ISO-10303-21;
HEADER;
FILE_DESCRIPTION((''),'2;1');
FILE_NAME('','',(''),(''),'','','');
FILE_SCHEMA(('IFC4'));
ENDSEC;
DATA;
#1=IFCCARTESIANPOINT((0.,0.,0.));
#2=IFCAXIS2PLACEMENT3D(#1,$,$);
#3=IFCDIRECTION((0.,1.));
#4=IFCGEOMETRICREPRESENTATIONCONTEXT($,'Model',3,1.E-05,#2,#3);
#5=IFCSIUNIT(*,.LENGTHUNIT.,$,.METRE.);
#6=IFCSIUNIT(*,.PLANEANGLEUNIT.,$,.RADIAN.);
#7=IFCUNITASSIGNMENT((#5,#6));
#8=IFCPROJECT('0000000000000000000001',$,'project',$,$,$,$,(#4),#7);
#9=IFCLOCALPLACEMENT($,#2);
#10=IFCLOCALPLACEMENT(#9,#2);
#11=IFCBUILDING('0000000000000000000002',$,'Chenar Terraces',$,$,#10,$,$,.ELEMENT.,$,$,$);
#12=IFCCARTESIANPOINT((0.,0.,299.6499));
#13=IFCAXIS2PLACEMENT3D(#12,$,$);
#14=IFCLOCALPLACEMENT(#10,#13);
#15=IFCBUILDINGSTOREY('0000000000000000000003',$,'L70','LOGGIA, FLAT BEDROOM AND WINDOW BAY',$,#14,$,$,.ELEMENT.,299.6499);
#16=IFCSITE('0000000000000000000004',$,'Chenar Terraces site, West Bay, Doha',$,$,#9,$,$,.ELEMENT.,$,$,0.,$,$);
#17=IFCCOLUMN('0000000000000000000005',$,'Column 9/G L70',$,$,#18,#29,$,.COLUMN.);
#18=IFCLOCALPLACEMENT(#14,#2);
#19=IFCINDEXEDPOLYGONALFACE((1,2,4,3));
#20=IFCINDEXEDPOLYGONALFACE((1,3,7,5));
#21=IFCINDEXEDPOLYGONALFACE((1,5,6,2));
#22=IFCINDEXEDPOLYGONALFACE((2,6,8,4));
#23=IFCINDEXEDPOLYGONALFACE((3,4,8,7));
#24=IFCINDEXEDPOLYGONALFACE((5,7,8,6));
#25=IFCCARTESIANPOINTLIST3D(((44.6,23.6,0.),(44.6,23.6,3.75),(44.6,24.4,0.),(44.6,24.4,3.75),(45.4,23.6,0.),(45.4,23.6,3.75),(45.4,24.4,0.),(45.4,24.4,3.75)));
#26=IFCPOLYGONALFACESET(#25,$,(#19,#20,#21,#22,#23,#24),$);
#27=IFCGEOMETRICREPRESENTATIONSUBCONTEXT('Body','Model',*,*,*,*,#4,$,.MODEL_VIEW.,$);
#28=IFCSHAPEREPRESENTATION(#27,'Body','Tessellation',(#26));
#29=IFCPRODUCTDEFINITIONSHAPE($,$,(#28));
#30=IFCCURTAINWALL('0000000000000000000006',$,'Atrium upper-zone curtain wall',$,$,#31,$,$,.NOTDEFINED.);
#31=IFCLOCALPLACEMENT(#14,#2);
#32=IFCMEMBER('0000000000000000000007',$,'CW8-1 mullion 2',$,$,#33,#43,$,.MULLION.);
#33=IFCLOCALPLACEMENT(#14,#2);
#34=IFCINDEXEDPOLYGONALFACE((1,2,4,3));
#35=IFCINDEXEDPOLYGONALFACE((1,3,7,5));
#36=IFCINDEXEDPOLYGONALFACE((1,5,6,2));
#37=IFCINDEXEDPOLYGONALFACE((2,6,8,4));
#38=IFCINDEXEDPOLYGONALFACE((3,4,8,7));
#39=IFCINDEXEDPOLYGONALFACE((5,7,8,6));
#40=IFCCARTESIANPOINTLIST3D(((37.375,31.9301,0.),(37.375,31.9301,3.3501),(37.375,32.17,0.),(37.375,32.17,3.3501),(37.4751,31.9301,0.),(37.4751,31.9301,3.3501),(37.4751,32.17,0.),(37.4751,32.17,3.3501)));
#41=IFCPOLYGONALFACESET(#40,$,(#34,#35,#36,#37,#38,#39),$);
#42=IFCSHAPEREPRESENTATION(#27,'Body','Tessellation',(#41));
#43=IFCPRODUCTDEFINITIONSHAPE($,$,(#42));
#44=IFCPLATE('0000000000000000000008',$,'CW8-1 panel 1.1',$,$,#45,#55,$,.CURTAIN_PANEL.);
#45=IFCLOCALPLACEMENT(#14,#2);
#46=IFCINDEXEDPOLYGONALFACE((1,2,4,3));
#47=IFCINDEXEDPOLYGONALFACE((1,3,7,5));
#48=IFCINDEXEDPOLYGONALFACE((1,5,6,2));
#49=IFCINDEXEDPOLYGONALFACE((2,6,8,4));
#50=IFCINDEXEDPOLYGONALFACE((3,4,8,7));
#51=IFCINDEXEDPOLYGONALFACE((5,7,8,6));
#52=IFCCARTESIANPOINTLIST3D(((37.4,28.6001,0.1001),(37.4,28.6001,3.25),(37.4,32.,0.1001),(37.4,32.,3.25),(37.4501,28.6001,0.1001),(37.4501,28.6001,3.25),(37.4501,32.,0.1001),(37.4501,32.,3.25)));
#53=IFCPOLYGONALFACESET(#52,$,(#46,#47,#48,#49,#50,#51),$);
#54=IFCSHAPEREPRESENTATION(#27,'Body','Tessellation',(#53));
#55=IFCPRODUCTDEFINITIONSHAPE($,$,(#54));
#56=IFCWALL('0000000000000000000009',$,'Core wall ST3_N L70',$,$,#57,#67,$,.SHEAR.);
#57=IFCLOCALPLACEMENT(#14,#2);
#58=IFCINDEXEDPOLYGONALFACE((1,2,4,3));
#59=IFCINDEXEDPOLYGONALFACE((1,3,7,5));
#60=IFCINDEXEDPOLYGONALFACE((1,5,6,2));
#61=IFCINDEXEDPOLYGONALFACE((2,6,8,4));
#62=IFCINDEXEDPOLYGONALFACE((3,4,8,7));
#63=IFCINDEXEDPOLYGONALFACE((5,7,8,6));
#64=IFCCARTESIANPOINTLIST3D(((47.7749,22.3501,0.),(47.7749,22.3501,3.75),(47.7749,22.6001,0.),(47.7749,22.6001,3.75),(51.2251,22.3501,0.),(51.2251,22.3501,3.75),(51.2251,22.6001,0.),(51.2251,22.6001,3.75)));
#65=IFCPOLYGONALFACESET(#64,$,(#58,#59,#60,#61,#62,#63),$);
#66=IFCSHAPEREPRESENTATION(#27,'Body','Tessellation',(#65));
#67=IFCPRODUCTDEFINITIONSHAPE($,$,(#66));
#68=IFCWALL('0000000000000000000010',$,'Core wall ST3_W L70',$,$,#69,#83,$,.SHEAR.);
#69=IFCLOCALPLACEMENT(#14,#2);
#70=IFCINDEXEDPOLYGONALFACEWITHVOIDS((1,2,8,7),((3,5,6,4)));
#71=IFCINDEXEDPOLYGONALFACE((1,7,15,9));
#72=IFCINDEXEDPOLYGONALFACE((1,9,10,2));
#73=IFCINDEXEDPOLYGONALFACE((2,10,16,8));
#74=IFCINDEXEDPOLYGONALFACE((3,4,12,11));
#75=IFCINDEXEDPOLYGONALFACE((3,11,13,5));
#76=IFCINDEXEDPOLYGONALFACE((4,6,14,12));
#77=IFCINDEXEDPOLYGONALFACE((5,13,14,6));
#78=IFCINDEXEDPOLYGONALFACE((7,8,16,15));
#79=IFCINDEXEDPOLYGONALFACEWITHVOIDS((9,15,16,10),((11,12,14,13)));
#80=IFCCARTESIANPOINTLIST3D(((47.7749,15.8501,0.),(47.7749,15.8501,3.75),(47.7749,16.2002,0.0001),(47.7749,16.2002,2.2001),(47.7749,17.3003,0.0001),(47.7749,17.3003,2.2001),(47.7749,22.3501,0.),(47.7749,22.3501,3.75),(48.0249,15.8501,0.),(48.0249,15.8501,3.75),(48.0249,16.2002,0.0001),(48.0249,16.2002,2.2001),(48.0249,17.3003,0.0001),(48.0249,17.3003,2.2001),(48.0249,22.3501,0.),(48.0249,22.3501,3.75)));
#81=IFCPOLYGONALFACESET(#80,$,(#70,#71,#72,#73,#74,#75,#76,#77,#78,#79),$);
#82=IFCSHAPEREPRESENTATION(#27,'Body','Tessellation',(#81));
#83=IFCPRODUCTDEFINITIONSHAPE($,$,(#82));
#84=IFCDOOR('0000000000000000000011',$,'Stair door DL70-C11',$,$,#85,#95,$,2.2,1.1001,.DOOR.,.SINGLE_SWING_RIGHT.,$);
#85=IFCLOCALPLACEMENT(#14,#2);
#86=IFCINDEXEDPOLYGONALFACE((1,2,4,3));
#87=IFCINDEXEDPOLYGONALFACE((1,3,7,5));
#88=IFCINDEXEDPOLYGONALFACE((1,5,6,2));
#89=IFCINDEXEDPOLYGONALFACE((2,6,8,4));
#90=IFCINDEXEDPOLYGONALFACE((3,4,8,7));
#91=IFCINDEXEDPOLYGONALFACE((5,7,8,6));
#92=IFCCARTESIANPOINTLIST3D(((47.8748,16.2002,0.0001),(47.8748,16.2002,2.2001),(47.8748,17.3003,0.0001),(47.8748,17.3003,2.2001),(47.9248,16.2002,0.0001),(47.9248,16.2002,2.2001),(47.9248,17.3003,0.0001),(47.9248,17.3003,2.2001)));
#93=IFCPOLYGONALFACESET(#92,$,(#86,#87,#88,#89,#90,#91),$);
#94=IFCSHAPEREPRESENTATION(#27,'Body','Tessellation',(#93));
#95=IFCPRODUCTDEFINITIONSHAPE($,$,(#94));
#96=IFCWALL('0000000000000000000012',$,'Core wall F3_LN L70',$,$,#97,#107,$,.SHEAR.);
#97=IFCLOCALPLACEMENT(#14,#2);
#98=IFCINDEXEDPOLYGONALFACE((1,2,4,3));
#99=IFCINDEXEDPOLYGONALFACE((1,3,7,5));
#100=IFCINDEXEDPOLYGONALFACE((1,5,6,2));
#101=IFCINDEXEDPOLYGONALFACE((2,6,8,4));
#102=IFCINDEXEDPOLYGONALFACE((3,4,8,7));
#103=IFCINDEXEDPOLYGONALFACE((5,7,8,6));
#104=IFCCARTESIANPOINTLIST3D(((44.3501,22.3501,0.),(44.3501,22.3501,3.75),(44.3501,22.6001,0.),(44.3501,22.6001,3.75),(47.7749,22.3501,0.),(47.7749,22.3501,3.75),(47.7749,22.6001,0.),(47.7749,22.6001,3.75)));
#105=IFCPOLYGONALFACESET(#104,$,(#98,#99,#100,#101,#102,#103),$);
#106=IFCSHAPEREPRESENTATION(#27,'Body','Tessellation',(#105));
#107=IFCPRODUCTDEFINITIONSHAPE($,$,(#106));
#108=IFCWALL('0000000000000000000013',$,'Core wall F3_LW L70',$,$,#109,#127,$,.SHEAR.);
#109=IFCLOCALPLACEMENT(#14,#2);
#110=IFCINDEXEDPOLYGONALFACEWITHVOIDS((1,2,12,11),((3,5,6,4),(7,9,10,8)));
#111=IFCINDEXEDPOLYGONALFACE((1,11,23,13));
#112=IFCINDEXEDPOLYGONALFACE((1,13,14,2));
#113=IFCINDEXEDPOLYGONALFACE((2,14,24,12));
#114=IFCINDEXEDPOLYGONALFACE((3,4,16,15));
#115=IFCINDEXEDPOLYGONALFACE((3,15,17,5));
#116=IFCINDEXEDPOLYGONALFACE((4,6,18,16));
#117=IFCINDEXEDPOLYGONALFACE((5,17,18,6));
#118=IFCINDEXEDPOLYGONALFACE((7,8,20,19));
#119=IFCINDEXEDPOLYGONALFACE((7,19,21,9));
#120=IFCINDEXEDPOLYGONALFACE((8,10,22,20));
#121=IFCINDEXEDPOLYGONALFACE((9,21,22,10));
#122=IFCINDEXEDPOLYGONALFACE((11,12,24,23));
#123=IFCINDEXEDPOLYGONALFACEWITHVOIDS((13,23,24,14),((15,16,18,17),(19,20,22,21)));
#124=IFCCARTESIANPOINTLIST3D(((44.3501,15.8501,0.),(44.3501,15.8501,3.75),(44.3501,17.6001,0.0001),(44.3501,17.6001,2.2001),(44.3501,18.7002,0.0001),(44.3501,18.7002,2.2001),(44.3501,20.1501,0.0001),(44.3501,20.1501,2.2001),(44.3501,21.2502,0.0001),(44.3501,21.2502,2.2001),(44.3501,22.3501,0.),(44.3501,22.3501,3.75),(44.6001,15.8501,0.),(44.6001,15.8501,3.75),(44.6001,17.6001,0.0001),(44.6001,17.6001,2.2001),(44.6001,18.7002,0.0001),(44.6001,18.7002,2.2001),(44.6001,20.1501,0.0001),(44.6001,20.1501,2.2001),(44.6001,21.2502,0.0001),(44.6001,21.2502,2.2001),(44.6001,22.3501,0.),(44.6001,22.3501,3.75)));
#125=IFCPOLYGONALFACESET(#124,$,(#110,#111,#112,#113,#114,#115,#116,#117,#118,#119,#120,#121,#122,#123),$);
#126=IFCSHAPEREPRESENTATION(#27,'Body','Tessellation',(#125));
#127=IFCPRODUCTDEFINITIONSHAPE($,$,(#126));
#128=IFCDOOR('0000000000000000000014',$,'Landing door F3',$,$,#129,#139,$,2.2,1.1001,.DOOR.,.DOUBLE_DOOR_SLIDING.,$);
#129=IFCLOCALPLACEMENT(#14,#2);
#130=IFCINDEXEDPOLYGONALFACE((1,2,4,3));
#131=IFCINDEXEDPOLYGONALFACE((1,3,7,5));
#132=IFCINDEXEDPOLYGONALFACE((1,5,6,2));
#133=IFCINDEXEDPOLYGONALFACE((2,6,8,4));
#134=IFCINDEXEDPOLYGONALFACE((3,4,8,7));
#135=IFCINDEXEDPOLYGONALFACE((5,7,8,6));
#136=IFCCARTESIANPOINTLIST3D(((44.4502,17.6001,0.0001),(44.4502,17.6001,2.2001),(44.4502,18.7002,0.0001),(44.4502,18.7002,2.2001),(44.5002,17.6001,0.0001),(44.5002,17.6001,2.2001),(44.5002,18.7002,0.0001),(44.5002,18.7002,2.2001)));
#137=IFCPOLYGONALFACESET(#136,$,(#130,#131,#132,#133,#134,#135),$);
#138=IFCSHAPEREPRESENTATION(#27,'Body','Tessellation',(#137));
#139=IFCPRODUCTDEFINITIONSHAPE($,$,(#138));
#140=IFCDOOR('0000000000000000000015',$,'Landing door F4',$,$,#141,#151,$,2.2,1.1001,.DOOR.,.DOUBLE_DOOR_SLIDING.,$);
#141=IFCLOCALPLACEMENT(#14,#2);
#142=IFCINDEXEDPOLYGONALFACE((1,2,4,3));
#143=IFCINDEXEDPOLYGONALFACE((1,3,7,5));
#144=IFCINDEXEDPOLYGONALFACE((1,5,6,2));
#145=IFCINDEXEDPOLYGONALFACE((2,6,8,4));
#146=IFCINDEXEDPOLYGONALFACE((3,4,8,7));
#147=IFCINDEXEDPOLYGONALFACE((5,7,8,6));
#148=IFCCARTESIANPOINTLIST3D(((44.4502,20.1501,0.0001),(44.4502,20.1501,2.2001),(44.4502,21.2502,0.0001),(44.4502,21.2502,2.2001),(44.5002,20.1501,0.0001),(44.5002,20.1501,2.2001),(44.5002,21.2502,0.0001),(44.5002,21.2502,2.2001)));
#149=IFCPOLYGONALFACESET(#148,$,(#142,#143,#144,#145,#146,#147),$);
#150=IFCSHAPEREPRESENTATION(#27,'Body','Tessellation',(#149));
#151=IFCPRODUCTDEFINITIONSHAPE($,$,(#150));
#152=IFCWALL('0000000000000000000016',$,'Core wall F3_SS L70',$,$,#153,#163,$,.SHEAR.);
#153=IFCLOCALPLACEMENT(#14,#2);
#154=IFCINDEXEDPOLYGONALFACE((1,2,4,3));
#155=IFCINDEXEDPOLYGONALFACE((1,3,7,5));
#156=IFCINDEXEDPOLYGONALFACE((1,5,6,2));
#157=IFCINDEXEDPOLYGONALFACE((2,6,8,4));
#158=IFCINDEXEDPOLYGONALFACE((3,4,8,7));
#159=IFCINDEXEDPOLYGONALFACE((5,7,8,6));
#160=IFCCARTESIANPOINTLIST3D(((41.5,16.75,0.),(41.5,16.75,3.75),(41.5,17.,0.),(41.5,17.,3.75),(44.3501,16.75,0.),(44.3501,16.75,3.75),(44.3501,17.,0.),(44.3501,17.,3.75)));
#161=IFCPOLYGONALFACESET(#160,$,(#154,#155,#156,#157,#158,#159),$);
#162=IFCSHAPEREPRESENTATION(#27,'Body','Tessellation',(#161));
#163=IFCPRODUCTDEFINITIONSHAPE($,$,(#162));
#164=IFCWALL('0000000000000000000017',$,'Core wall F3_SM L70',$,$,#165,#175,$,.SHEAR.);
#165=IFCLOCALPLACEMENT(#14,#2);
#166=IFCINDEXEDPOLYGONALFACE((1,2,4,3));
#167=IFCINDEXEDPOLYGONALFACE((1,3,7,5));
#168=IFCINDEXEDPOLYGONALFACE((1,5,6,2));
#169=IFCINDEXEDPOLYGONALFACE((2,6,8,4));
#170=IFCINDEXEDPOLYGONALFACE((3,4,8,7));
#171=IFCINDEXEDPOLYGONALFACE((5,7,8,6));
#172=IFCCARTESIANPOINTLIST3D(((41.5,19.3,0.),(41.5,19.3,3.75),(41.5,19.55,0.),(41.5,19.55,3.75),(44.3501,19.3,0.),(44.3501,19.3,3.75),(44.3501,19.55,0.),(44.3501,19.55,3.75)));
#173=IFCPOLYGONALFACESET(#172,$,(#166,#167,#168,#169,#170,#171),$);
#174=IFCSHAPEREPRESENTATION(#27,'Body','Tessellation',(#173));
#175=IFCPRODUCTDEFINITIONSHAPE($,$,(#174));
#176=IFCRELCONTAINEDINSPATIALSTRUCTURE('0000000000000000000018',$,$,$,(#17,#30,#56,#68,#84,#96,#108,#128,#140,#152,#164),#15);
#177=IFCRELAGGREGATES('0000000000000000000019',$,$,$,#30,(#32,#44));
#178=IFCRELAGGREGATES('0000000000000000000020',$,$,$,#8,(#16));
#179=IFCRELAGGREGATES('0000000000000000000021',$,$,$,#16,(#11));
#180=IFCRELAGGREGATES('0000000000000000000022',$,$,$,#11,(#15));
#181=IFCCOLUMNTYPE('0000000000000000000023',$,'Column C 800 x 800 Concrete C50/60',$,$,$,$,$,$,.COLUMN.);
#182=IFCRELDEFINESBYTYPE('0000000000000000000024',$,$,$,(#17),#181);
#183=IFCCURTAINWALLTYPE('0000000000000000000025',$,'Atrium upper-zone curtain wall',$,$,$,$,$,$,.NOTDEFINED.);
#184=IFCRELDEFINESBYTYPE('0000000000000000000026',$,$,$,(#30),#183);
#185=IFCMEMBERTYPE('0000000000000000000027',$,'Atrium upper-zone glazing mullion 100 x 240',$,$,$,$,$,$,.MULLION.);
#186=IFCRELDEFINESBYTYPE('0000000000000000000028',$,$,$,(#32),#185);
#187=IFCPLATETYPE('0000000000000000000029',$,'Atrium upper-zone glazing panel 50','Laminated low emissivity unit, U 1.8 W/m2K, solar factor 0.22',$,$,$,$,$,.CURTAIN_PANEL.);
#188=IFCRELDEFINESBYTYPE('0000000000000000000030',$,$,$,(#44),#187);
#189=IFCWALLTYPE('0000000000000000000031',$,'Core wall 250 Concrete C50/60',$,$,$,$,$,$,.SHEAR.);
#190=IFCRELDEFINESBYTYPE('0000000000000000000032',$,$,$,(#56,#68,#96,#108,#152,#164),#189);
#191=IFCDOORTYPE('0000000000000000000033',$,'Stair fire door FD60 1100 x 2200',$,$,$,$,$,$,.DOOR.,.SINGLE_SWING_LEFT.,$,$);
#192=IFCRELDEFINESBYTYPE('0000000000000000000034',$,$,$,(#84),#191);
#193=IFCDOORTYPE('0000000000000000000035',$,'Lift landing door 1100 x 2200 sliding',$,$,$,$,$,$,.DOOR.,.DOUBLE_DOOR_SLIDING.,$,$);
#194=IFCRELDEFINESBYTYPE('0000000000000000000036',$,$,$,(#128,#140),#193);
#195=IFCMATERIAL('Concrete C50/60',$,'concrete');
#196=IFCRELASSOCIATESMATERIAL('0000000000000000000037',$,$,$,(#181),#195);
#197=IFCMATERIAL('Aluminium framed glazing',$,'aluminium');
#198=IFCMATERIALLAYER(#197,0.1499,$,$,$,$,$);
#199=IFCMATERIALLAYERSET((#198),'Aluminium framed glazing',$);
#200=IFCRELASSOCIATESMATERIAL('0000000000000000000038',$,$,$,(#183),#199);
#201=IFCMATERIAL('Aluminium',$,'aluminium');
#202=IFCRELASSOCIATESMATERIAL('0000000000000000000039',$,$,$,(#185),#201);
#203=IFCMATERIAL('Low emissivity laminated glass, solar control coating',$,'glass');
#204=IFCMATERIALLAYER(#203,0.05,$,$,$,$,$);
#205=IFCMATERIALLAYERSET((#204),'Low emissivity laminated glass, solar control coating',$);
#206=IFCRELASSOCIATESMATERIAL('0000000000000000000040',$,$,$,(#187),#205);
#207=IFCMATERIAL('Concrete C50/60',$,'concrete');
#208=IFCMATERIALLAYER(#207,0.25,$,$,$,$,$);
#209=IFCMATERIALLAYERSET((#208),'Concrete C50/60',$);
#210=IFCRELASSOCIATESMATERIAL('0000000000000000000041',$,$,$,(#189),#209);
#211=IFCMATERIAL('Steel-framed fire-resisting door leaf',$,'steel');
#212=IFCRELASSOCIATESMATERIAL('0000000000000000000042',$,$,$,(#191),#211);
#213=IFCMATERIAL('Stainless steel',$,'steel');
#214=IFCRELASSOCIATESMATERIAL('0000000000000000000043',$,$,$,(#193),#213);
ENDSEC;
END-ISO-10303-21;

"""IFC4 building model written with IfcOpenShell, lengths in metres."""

from ifc_helpers import new_model, si_unit, direction, frame, frame_2d, origin, origin_2d, place, context, subcontext, project, spatial, rectangle, extrude, material, layer, layer_set, material_profile, profile_set, type_object, element, fill, aggregate, save


model = new_model("IFC4")

# Units and contexts
model_context = context("Model", 3, precision=1e-05, world=origin(), true_north=direction((0.0, 1.0)))
body_context = subcontext(model_context, "Body", "Model", "MODEL_VIEW")
ifc_project = project(units=[si_unit("LENGTHUNIT", "METRE"), si_unit("PLANEANGLEUNIT", "RADIAN")], contexts=[model_context])

# Site, building, storey
site_placement = place(None, origin())
site = spatial("IfcSite", under=ifc_project, at=site_placement, Name="Chenar Terraces site, West Bay, Doha", CompositionType="ELEMENT", RefElevation=0.0)
building_placement = place(site_placement, origin())
building = spatial("IfcBuilding", under=site, at=building_placement, Name="Chenar Terraces", CompositionType="ELEMENT")
storey_placement = place(building_placement, frame((0.0, 0.0, 299.6499)))
storey = spatial("IfcBuildingStorey", under=building, at=storey_placement, Name="L70", Description="LOGGIA, FLAT BEDROOM AND WINDOW BAY", CompositionType="ELEMENT", Elevation=299.6499)

# Column
ifc_material_1 = material(Name="Concrete C50/60", Category="concrete")
ifc_material_profile_1 = material_profile(ifc_material_1, rectangle(XDim=0.8, YDim=0.8, at=origin_2d()), Name="C 800 x 800")
ifc_profile_set_1 = profile_set([ifc_material_profile_1], Name="Concrete C50/60")
column_type = type_object("IfcColumnType", Name="Column C 800 x 800 Concrete C50/60", PredefinedType="COLUMN", material=ifc_profile_set_1)
column_placement = place(storey_placement, frame((45.0, 24.0, 0.0), z_axis=(0.0, 0.0, 1.0), x_axis=(1.0, 0.0, 0.0)))
element("IfcColumn", 1, at=column_placement, inside=storey, type_object=column_type, Name="Column 9/G L70", PredefinedType="COLUMN", context=body_context, shape_type="SweptSolid", body=[
    extrude(rectangle(XDim=0.8, YDim=0.8, at=origin_2d()), origin(), (0.0, 0.0, 1.0), 3.75),
])

# Curtain wall, member, plate
ifc_material_2 = material(Name="Aluminium framed glazing", Category="aluminium")
ifc_layer_1 = layer(ifc_material_2, 0.1499)
ifc_layer_set_1 = layer_set([ifc_layer_1], Name="Aluminium framed glazing")
curtain_wall_type = type_object("IfcCurtainWallType", Name="Atrium upper-zone curtain wall", PredefinedType="NOTDEFINED", material=ifc_layer_set_1)
curtain_wall_placement = place(storey_placement, origin())
curtain_wall = element("IfcCurtainWall", 2, at=curtain_wall_placement, inside=storey, type_object=curtain_wall_type, Name="Atrium upper-zone curtain wall", PredefinedType="NOTDEFINED")
ifc_material_3 = material(Name="Aluminium", Category="aluminium")
ifc_material_profile_2 = material_profile(ifc_material_3, rectangle(XDim=0.1001, YDim=0.24, at=origin_2d()), Name="Atrium upper-zone glazing mullion 100 x 240")
ifc_profile_set_2 = profile_set([ifc_material_profile_2], Name="Aluminium")
member_type = type_object("IfcMemberType", Name="Atrium upper-zone glazing mullion 100 x 240", PredefinedType="MULLION", material=ifc_profile_set_2)
member_placement = place(storey_placement, frame((37.425, 32.05, 0.0), z_axis=(0.0, 0.0, 1.0), x_axis=(-1.0, 0.0, 0.0)))
member = element("IfcMember", 3, at=member_placement, type_object=member_type, Name="CW8-1 mullion 2", PredefinedType="MULLION", context=body_context, shape_type="SweptSolid", body=[
    extrude(rectangle(XDim=0.1001, YDim=0.24, at=origin_2d()), origin(), (0.0, 0.0, 1.0), 3.3501),
])
ifc_material_4 = material(Name="Low emissivity laminated glass, solar control coating", Category="glass")
ifc_layer_2 = layer(ifc_material_4, 0.05)
ifc_layer_set_2 = layer_set([ifc_layer_2], Name="Low emissivity laminated glass, solar control coating")
plate_type = type_object("IfcPlateType", Name="Atrium upper-zone glazing panel 50", Description="Laminated low emissivity unit, U 1.8 W/m2K, solar factor 0.22", PredefinedType="CURTAIN_PANEL", material=ifc_layer_set_2)
plate_placement = place(storey_placement, frame((37.425, 30.3, 0.1001), z_axis=(0.0, 0.0, 1.0), x_axis=(0.0, 1.0, 0.0)))
plate = element("IfcPlate", 4, at=plate_placement, type_object=plate_type, Name="CW8-1 panel 1.1", PredefinedType="CURTAIN_PANEL", context=body_context, shape_type="SweptSolid", body=[
    extrude(rectangle(XDim=3.3999, YDim=0.05, at=origin_2d()), origin(), (0.0, 0.0, 1.0), 3.1499),
])
aggregate(curtain_wall, [member, plate])

# Wall
ifc_material_5 = material(Name="Concrete C50/60", Category="concrete")
ifc_layer_3 = layer(ifc_material_5, 0.25)
ifc_layer_set_3 = layer_set([ifc_layer_3], Name="Concrete C50/60")
wall_type_1 = type_object("IfcWallType", Name="Core wall 250 Concrete C50/60", PredefinedType="SHEAR", material=ifc_layer_set_3)
wall_1_placement = place(storey_placement, frame((47.7749, 22.4751, 0.0), z_axis=(0.0, 0.0, 1.0), x_axis=(1.0, 0.0, 0.0)))
element("IfcWall", 5, at=wall_1_placement, inside=storey, type_object=wall_type_1, Name="Core wall ST3_N L70", PredefinedType="SHEAR", context=body_context, shape_type="SweptSolid", body=[
    extrude(rectangle(XDim=3.4502, YDim=0.25, at=frame_2d((1.7251, 0.0))), origin(), (0.0, 0.0, 1.0), 3.75),
])

# Wall, opening, door
wall_2_placement = place(storey_placement, frame((47.8999, 15.8501, 0.0), z_axis=(0.0, 0.0, 1.0), x_axis=(0.0, 1.0, 0.0)))
wall_2 = element("IfcWall", 6, at=wall_2_placement, inside=storey, type_object=wall_type_1, Name="Core wall ST3_W L70", PredefinedType="SHEAR", context=body_context, shape_type="SweptSolid", body=[
    extrude(rectangle(XDim=6.5, YDim=0.25, at=frame_2d((3.25, 0.0))), origin(), (0.0, 0.0, 1.0), 3.75),
])
opening_1_placement = place(wall_2_placement, frame((0.3501, 0.0, 0.0)))
opening_1 = element("IfcOpeningElement", 7, at=opening_1_placement, cuts=wall_2, PredefinedType="OPENING", context=body_context, shape_type="SweptSolid", body=[
    extrude(rectangle(XDim=1.1001, YDim=2.2, at=frame_2d((0.55, 1.1001))), frame((0.0, 0.135, 0.0), z_axis=(0.0, -1.0, 0.0), x_axis=(1.0, 0.0, 0.0)), (0.0, 0.0, 1.0), 0.27),
])
ifc_material_6 = material(Name="Steel-framed fire-resisting door leaf", Category="steel")
door_type_1 = type_object("IfcDoorType", Name="Stair fire door FD60 1100 x 2200", OperationType="SINGLE_SWING_LEFT", PredefinedType="DOOR", material=ifc_material_6)
door_1_placement = place(opening_1_placement, frame((1.1001, 0.0, 0.0), z_axis=(0.0, 0.0, 1.0), x_axis=(-1.0, 0.0, 0.0)))
door_1 = element("IfcDoor", 8, at=door_1_placement, inside=storey, type_object=door_type_1, Name="Stair door DL70-C11", OperationType="SINGLE_SWING_RIGHT", OverallHeight=2.2, OverallWidth=1.1001, PredefinedType="DOOR", context=body_context, shape_type="SweptSolid", body=[
    extrude(rectangle(XDim=1.1001, YDim=2.2, at=frame_2d((0.55, 1.1001))), frame((0.0, 0.0249, 0.0), z_axis=(0.0, -1.0, 0.0), x_axis=(1.0, 0.0, 0.0)), (0.0, 0.0, 1.0), 0.05),
])
fill(opening_1, door_1)

# Wall
wall_3_placement = place(storey_placement, frame((44.3501, 22.4751, 0.0), z_axis=(0.0, 0.0, 1.0), x_axis=(1.0, 0.0, 0.0)))
element("IfcWall", 9, at=wall_3_placement, inside=storey, type_object=wall_type_1, Name="Core wall F3_LN L70", PredefinedType="SHEAR", context=body_context, shape_type="SweptSolid", body=[
    extrude(rectangle(XDim=3.4248, YDim=0.25, at=frame_2d((1.7124, 0.0))), origin(), (0.0, 0.0, 1.0), 3.75),
])

# Wall, openings, doors
wall_4_placement = place(storey_placement, frame((44.4751, 15.8501, 0.0), z_axis=(0.0, 0.0, 1.0), x_axis=(0.0, 1.0, 0.0)))
wall_4 = element("IfcWall", 10, at=wall_4_placement, inside=storey, type_object=wall_type_1, Name="Core wall F3_LW L70", PredefinedType="SHEAR", context=body_context, shape_type="SweptSolid", body=[
    extrude(rectangle(XDim=6.5, YDim=0.25, at=frame_2d((3.25, 0.0))), origin(), (0.0, 0.0, 1.0), 3.75),
])
opening_2_placement = place(wall_4_placement, frame((1.75, 0.0, 0.0)))
opening_2 = element("IfcOpeningElement", 11, at=opening_2_placement, cuts=wall_4, PredefinedType="OPENING", context=body_context, shape_type="SweptSolid", body=[
    extrude(rectangle(XDim=1.1001, YDim=2.2, at=frame_2d((0.55, 1.1001))), frame((0.0, 0.135, 0.0), z_axis=(0.0, -1.0, 0.0), x_axis=(1.0, 0.0, 0.0)), (0.0, 0.0, 1.0), 0.27),
])
opening_3_placement = place(wall_4_placement, frame((4.3, 0.0, 0.0)))
opening_3 = element("IfcOpeningElement", 12, at=opening_3_placement, cuts=wall_4, PredefinedType="OPENING", context=body_context, shape_type="SweptSolid", body=[
    extrude(rectangle(XDim=1.1001, YDim=2.2, at=frame_2d((0.55, 1.1001))), frame((0.0, 0.135, 0.0), z_axis=(0.0, -1.0, 0.0), x_axis=(1.0, 0.0, 0.0)), (0.0, 0.0, 1.0), 0.27),
])
ifc_material_7 = material(Name="Stainless steel", Category="steel")
door_type_2 = type_object("IfcDoorType", Name="Lift landing door 1100 x 2200 sliding", OperationType="DOUBLE_DOOR_SLIDING", PredefinedType="DOOR", material=ifc_material_7)
door_2_placement = place(opening_2_placement, origin())
door_2 = element("IfcDoor", 13, at=door_2_placement, inside=storey, type_object=door_type_2, Name="Landing door F3", OperationType="DOUBLE_DOOR_SLIDING", OverallHeight=2.2, OverallWidth=1.1001, PredefinedType="DOOR", context=body_context, shape_type="SweptSolid", body=[
    extrude(rectangle(XDim=1.1001, YDim=2.2, at=frame_2d((0.55, 1.1001))), frame((0.0, 0.0249, 0.0), z_axis=(0.0, -1.0, 0.0), x_axis=(1.0, 0.0, 0.0)), (0.0, 0.0, 1.0), 0.05),
])
fill(opening_2, door_2)
door_3_placement = place(opening_3_placement, origin())
door_3 = element("IfcDoor", 14, at=door_3_placement, inside=storey, type_object=door_type_2, Name="Landing door F4", OperationType="DOUBLE_DOOR_SLIDING", OverallHeight=2.2, OverallWidth=1.1001, PredefinedType="DOOR", context=body_context, shape_type="SweptSolid", body=[
    extrude(rectangle(XDim=1.1001, YDim=2.2, at=frame_2d((0.55, 1.1001))), frame((0.0, 0.0249, 0.0), z_axis=(0.0, -1.0, 0.0), x_axis=(1.0, 0.0, 0.0)), (0.0, 0.0, 1.0), 0.05),
])
fill(opening_3, door_3)

# Walls
for number, where, z_axis, x_axis, name in (
    (15, (41.5, 16.875, 0.0), (0.0, 0.0, 1.0), (1.0, 0.0, 0.0), "Core wall F3_SS L70"),
    (16, (41.5, 19.425, 0.0), (0.0, 0.0, 1.0), (1.0, 0.0, 0.0), "Core wall F3_SM L70"),
):
    element("IfcWall", number, at=place(storey_placement, frame(where, z_axis=z_axis, x_axis=x_axis)), inside=storey, type_object=wall_type_1, Name=name, PredefinedType="SHEAR", context=body_context, shape_type="SweptSolid", body=[
        extrude(rectangle(XDim=2.8501, YDim=0.25, at=frame_2d((1.425, 0.0))), origin(), (0.0, 0.0, 1.0), 3.75),
    ])

save(model, "model.ifc")
